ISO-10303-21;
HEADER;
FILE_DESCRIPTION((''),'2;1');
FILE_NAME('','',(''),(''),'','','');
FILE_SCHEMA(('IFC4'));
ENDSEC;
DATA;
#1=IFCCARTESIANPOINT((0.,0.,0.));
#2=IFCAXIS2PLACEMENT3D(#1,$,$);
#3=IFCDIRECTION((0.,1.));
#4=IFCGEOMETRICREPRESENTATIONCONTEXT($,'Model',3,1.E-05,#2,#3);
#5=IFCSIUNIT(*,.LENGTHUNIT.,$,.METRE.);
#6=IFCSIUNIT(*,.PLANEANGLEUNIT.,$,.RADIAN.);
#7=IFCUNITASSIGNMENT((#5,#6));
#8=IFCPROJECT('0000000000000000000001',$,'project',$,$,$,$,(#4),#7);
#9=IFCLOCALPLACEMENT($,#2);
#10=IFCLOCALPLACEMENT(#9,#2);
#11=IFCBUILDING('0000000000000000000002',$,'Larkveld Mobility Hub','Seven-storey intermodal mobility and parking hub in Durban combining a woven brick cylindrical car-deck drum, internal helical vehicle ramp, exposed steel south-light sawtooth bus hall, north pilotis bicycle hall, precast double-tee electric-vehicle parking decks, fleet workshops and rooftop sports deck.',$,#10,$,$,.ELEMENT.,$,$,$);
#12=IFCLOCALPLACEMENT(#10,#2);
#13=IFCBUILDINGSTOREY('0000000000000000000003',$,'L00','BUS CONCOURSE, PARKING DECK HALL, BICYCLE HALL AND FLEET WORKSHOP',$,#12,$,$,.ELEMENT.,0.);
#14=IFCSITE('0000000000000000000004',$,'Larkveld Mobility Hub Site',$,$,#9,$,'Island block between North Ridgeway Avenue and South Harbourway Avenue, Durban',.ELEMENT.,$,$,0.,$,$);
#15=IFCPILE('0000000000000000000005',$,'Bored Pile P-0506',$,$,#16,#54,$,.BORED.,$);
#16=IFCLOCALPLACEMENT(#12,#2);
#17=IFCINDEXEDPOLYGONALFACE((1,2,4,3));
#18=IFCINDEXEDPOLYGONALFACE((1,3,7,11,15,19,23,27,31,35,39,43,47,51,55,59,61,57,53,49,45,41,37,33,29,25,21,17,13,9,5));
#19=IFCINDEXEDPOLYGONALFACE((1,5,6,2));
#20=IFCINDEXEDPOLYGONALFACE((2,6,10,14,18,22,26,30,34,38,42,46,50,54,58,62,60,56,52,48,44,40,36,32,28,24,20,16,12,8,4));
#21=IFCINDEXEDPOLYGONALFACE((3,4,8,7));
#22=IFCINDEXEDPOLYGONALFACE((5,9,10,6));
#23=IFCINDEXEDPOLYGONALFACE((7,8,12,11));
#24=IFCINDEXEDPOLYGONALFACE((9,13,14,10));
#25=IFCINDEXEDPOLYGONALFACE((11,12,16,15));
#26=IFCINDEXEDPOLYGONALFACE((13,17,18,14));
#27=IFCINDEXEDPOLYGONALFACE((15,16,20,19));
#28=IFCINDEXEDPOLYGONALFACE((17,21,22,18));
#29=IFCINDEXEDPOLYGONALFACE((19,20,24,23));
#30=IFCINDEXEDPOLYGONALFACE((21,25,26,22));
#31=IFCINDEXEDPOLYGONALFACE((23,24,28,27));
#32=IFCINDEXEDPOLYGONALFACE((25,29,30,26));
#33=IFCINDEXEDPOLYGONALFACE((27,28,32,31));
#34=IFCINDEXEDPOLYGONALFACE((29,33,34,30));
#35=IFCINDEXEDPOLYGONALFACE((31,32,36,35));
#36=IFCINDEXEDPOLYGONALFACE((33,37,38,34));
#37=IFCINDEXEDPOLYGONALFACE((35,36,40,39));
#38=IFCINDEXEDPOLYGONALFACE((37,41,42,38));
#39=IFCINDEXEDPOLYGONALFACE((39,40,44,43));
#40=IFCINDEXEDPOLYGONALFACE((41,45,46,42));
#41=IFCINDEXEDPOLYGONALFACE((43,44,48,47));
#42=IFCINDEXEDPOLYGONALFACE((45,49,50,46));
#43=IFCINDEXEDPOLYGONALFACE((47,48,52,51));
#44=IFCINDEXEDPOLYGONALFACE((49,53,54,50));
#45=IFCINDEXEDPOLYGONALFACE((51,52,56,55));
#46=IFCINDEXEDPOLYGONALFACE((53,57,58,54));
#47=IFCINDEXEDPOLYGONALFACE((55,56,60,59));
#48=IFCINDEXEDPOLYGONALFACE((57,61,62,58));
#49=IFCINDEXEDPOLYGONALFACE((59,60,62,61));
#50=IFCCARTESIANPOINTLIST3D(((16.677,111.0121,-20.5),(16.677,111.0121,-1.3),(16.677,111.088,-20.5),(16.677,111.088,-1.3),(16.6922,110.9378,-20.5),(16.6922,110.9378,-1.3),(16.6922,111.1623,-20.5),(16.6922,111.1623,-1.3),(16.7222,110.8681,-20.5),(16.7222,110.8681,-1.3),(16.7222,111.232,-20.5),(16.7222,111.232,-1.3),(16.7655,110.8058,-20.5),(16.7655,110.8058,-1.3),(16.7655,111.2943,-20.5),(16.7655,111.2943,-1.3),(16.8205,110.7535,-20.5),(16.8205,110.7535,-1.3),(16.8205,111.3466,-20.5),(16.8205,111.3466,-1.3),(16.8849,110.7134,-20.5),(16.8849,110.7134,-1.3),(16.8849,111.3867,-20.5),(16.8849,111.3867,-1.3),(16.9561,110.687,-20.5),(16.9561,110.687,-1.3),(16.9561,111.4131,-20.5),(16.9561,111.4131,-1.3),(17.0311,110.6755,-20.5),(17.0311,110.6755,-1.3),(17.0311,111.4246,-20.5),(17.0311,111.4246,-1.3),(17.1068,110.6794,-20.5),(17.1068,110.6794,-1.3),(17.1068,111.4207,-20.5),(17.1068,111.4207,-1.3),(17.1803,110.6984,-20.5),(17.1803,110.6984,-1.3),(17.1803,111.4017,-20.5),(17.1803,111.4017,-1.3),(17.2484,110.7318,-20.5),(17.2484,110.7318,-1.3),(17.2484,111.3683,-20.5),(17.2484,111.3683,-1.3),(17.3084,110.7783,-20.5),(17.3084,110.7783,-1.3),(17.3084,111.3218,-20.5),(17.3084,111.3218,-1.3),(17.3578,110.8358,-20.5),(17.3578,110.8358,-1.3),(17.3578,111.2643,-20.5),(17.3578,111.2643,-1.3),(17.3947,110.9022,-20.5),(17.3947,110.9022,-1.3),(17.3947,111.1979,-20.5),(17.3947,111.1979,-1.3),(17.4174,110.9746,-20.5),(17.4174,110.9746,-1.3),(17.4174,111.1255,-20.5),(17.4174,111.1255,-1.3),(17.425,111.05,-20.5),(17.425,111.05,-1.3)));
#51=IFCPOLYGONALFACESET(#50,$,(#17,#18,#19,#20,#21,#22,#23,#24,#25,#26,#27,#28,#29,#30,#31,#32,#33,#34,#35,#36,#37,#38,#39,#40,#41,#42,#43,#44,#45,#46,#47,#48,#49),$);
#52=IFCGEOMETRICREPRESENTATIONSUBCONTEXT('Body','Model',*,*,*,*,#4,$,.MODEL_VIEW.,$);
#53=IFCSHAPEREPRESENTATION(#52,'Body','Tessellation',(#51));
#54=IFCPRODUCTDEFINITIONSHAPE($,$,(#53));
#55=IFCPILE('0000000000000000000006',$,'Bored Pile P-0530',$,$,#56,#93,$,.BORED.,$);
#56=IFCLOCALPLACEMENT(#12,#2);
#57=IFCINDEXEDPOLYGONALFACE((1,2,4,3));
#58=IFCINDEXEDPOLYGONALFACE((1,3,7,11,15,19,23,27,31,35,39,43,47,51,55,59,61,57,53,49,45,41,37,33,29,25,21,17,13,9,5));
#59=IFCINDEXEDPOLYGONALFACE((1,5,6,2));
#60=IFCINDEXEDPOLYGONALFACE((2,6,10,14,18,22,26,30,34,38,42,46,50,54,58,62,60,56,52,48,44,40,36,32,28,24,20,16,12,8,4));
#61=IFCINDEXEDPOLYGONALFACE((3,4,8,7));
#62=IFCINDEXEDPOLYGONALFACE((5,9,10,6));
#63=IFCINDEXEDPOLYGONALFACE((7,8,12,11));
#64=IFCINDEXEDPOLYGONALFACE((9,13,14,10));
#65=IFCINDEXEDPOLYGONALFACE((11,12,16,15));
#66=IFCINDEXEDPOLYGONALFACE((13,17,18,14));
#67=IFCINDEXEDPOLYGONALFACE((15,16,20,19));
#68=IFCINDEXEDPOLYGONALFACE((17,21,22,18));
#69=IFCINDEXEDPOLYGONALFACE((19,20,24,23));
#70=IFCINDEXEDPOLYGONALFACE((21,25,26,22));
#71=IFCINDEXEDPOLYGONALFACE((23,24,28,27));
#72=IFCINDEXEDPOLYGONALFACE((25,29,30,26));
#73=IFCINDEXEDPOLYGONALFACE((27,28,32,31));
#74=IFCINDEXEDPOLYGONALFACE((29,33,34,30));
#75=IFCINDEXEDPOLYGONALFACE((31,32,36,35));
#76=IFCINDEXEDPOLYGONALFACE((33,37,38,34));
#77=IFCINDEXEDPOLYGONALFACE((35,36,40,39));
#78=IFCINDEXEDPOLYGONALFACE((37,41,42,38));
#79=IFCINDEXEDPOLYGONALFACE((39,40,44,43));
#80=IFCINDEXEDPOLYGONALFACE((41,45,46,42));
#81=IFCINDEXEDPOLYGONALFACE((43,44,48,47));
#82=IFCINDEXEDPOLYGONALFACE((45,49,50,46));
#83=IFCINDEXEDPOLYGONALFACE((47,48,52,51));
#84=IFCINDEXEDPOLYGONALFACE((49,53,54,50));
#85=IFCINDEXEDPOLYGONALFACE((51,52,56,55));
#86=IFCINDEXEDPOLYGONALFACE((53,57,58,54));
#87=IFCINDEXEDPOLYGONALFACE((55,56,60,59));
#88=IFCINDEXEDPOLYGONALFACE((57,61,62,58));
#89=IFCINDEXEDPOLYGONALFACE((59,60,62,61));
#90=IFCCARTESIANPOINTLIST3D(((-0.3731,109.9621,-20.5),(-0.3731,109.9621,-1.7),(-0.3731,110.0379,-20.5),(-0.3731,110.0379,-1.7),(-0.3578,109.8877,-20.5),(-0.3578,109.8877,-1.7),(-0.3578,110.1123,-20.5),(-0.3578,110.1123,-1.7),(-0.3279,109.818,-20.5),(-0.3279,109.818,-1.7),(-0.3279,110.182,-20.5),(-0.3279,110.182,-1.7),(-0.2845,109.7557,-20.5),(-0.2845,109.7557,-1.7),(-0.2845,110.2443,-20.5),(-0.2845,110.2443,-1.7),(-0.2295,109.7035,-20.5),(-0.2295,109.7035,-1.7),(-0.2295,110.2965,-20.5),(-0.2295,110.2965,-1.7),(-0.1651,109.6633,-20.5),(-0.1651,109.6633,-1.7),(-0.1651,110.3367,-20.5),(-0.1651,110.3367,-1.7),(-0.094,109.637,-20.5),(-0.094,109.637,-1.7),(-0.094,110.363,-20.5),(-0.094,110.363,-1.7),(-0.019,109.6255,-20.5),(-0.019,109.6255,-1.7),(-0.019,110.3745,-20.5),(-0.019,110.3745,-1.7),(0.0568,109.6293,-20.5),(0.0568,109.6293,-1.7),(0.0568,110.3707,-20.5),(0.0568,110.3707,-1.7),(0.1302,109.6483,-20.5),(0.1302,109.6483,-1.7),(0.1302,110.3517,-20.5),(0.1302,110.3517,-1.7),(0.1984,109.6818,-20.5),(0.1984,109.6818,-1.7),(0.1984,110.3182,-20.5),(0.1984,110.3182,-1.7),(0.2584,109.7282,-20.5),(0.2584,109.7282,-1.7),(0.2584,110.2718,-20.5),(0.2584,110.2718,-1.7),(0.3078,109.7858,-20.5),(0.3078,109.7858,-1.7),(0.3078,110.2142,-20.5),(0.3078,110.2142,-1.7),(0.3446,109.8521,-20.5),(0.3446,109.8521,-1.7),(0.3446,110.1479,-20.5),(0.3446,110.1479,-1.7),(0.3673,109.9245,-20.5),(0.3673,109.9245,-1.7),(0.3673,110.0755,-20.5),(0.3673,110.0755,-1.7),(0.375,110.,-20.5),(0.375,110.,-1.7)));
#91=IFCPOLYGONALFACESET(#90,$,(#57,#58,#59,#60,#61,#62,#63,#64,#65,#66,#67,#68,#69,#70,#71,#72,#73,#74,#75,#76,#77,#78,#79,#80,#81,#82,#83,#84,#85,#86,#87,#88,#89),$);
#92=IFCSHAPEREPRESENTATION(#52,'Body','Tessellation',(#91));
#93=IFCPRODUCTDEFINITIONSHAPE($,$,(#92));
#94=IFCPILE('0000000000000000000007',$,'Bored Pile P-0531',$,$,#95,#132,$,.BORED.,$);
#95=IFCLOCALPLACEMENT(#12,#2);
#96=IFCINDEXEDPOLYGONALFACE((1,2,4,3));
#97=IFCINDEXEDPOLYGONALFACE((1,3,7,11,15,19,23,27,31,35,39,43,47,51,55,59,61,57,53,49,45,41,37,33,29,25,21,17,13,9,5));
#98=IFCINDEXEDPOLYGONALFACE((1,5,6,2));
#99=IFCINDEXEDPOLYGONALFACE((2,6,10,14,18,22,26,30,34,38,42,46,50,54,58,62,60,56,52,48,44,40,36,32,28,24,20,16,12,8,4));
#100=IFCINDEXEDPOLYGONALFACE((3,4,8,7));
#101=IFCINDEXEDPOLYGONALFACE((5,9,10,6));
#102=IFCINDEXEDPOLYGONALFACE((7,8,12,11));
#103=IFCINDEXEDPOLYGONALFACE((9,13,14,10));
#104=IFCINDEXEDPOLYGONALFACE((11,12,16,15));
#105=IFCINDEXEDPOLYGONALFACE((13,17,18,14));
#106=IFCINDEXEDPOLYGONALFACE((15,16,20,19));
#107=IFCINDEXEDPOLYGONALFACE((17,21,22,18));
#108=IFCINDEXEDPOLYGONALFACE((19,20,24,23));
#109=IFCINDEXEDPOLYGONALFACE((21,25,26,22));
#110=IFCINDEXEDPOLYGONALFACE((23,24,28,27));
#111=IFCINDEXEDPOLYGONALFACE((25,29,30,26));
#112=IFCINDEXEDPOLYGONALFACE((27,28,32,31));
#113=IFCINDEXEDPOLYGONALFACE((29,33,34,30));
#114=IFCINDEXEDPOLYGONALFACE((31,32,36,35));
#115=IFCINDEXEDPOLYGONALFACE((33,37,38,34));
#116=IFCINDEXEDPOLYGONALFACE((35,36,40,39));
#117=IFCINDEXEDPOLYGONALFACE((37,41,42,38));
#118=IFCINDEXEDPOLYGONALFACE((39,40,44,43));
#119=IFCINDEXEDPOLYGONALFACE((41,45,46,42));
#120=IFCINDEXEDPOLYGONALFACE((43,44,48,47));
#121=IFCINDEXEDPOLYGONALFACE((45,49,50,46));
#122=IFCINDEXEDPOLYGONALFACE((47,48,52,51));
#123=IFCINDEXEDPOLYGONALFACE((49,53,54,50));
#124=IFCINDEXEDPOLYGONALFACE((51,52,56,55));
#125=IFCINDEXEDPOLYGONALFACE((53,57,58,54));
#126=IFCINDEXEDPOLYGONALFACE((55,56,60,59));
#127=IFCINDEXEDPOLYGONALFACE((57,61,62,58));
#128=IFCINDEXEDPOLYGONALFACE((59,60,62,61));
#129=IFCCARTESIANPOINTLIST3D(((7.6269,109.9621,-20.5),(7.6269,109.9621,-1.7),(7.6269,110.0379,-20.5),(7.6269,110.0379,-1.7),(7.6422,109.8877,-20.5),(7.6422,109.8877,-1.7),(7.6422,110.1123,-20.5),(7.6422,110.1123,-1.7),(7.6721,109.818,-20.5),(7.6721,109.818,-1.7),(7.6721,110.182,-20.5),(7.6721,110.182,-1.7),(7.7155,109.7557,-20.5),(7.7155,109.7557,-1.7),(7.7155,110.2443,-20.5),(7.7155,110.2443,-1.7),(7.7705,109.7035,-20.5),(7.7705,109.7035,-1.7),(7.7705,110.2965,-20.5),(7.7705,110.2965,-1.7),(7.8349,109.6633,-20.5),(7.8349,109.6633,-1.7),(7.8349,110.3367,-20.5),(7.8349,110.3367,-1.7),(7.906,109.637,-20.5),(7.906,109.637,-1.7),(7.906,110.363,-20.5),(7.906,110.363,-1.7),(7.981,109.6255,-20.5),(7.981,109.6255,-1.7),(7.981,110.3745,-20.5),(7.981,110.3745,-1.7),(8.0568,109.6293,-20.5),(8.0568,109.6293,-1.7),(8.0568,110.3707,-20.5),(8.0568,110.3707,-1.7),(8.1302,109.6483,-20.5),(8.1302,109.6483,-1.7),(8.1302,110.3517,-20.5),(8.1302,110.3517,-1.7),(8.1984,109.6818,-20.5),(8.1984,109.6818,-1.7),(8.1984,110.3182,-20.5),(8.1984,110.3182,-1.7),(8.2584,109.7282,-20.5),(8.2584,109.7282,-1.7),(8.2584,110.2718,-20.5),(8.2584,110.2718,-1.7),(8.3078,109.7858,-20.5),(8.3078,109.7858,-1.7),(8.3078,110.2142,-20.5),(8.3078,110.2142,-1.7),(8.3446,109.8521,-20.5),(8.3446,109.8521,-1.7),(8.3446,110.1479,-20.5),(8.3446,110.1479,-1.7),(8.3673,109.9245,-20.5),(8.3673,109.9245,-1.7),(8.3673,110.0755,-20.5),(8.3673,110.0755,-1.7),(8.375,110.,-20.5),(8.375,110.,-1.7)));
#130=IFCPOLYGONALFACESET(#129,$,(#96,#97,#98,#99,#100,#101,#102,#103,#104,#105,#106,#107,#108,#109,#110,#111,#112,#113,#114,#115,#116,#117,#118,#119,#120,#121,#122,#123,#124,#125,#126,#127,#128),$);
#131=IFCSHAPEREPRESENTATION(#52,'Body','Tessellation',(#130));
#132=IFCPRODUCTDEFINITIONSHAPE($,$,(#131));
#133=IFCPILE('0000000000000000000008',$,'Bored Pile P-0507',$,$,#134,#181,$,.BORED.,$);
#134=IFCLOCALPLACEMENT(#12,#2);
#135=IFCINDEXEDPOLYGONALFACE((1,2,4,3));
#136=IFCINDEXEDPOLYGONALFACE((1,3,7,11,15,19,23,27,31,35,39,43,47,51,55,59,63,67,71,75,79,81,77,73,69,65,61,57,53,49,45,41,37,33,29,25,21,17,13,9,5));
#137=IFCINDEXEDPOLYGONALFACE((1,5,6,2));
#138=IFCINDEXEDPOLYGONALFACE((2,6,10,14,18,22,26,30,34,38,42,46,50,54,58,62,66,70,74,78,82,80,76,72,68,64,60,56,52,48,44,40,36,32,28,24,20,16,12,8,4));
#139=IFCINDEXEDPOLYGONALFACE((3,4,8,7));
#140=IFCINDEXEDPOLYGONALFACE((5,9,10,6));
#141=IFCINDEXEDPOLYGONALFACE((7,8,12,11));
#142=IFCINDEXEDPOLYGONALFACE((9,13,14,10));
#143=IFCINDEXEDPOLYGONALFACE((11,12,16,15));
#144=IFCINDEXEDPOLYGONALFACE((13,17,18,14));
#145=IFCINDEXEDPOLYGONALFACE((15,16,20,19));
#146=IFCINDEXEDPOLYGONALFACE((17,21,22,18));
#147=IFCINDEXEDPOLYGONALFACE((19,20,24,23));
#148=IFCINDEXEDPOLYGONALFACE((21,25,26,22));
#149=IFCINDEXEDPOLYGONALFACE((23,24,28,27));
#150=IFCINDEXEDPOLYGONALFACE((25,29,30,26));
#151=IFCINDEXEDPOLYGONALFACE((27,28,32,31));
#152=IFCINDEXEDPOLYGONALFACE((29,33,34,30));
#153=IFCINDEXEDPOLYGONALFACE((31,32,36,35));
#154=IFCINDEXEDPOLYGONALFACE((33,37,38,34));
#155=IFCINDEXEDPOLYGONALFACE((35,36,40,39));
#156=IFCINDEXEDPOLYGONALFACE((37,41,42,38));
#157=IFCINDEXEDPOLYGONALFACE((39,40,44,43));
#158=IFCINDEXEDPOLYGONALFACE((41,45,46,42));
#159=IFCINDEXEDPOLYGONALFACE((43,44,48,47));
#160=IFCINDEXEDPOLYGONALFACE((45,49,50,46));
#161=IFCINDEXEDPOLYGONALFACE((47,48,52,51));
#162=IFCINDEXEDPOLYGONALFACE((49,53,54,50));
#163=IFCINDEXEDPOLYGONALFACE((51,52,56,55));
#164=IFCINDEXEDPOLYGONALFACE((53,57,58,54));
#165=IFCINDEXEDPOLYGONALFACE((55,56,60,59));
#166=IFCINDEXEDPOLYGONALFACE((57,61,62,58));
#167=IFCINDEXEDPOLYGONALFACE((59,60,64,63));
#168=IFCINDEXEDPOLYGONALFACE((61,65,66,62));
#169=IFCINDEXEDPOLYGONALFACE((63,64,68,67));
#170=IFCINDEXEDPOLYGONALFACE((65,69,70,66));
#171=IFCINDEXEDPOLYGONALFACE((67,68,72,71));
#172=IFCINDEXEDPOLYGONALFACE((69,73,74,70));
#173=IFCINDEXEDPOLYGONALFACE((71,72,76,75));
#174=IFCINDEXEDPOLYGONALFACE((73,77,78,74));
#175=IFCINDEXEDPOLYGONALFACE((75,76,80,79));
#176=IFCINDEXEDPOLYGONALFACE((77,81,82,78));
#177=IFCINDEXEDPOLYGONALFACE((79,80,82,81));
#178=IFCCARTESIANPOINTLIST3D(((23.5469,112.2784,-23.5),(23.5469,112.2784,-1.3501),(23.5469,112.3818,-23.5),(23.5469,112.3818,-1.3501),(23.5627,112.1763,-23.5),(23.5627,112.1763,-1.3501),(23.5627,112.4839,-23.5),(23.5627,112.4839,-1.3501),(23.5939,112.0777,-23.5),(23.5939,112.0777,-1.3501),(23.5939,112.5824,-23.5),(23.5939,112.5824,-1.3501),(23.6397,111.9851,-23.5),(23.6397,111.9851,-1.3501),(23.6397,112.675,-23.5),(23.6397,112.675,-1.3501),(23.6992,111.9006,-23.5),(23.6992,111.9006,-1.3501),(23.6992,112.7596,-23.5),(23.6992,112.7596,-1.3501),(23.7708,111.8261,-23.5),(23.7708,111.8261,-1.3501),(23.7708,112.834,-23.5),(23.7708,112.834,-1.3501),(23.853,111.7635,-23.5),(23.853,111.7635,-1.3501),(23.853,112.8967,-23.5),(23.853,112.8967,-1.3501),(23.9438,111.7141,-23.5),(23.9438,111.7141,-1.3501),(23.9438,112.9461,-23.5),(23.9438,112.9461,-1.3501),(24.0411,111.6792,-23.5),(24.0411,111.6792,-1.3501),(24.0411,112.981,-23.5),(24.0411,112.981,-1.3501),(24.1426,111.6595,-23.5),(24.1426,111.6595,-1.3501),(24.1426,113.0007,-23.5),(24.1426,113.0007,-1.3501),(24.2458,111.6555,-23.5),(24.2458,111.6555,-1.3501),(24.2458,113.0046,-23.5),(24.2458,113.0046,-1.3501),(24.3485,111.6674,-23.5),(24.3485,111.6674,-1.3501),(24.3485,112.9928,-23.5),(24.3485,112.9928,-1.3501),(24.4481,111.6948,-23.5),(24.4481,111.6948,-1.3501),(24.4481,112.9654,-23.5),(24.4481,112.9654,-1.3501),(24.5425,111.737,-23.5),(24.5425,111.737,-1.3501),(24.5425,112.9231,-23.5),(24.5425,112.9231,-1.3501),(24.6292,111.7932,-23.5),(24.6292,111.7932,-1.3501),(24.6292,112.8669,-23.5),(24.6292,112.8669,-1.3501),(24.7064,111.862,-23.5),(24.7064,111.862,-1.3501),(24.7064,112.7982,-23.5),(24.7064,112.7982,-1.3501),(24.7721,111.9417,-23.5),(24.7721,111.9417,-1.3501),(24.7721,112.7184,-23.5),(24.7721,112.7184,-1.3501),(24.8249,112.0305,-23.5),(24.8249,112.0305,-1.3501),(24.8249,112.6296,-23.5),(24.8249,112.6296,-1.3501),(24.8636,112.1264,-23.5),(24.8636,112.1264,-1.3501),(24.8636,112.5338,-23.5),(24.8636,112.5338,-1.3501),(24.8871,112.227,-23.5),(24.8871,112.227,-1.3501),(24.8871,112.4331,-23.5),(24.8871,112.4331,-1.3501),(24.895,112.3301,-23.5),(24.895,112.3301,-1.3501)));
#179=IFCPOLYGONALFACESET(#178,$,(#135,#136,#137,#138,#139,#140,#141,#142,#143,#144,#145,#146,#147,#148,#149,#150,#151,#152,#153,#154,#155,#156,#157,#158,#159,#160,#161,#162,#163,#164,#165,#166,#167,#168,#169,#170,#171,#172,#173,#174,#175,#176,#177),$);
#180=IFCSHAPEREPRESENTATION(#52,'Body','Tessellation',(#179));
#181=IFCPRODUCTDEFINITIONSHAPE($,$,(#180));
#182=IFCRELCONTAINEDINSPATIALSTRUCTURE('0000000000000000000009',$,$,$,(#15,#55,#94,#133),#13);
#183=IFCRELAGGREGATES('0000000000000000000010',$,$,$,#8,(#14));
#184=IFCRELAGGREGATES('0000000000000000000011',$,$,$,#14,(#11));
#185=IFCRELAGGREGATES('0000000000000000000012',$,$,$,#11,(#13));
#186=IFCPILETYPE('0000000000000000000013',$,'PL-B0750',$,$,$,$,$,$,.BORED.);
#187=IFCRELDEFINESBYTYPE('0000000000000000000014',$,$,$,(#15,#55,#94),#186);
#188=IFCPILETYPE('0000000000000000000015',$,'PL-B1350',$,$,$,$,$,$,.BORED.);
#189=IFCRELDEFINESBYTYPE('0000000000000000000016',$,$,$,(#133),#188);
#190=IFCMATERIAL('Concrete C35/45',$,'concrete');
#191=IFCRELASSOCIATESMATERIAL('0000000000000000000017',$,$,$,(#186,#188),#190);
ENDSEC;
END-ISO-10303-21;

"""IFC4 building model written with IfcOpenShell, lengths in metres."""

from ifc_helpers import new_model, si_unit, direction, frame, origin, origin_2d, place, context, subcontext, project, spatial, circle, extrude, material, material_profile, profile_set, type_object, element, save


model = new_model("IFC4")

# Units and contexts
model_context = context("Model", 3, precision=1e-05, world=origin(), true_north=direction((0.0, 1.0)))
body_context = subcontext(model_context, "Body", "Model", "MODEL_VIEW")
ifc_project = project(units=[si_unit("LENGTHUNIT", "METRE"), si_unit("PLANEANGLEUNIT", "RADIAN")], contexts=[model_context])

# Site, building, storey
site_placement = place(None, origin())
site = spatial("IfcSite", under=ifc_project, at=site_placement, Name="Larkveld Mobility Hub Site", LongName="Island block between North Ridgeway Avenue and South Harbourway Avenue, Durban", CompositionType="ELEMENT", RefElevation=0.0)
building_placement = place(site_placement, origin())
building = spatial("IfcBuilding", under=site, at=building_placement, Name="Larkveld Mobility Hub", Description="Seven-storey intermodal mobility and parking hub in Durban combining a woven brick cylindrical car-deck drum, internal helical vehicle ramp, exposed steel south-light sawtooth bus hall, north pilotis bicycle hall, precast double-tee electric-vehicle parking decks, fleet workshops and rooftop sports deck.", CompositionType="ELEMENT")
storey_placement = place(building_placement, origin())
storey = spatial("IfcBuildingStorey", under=building, at=storey_placement, Name="L00", Description="BUS CONCOURSE, PARKING DECK HALL, BICYCLE HALL AND FLEET WORKSHOP", CompositionType="ELEMENT", Elevation=0.0)

# Shared definitions
ifc_material_1 = material(Name="Concrete C35/45", Category="concrete")

# Piles
ifc_material_profile_1 = material_profile(ifc_material_1, circle(Radius=0.375, at=origin_2d()), Name="PILE D750")
ifc_profile_set_1 = profile_set([ifc_material_profile_1], Name="Concrete C35/45")
pile_type_1 = type_object("IfcPileType", Name="PL-B0750", PredefinedType="BORED", material=ifc_profile_set_1)
for number, where, z_axis, x_axis, name in (
    (1, (17.05, 111.05, -1.3), (0.0, 0.0, -1.0), (1.0, 0.0, 0.0), "Bored Pile P-0506"),
):
    element("IfcPile", number, at=place(storey_placement, frame(where, z_axis=z_axis, x_axis=x_axis)), inside=storey, type_object=pile_type_1, Name=name, PredefinedType="BORED", context=body_context, shape_type="SweptSolid", body=[
        extrude(circle(Radius=0.375, at=origin_2d()), origin(), (0.0, 0.0, 1.0), 19.2),
    ])
for number, where, z_axis, x_axis, name in (
    (2, (0.0, 110.0, -1.7), (0.0, 0.0, -1.0), (1.0, 0.0, 0.0), "Bored Pile P-0530"),
    (3, (8.0, 110.0, -1.7), (0.0, 0.0, -1.0), (1.0, 0.0, 0.0), "Bored Pile P-0531"),
):
    element("IfcPile", number, at=place(storey_placement, frame(where, z_axis=z_axis, x_axis=x_axis)), inside=storey, type_object=pile_type_1, Name=name, PredefinedType="BORED", context=body_context, shape_type="SweptSolid", body=[
        extrude(circle(Radius=0.375, at=origin_2d()), origin(), (0.0, 0.0, 1.0), 18.8),
    ])
ifc_material_profile_2 = material_profile(ifc_material_1, circle(Radius=0.675, at=origin_2d()), Name="PILE D1350")
ifc_profile_set_2 = profile_set([ifc_material_profile_2], Name="Concrete C35/45")
pile_type_2 = type_object("IfcPileType", Name="PL-B1350", PredefinedType="BORED", material=ifc_profile_set_2)
for number, where, z_axis, x_axis, name in (
    (4, (24.22, 112.3301, -1.3501), (0.0, 0.0, -1.0), (1.0, 0.0, 0.0), "Bored Pile P-0507"),
):
    element("IfcPile", number, at=place(storey_placement, frame(where, z_axis=z_axis, x_axis=x_axis)), inside=storey, type_object=pile_type_2, Name=name, PredefinedType="BORED", context=body_context, shape_type="SweptSolid", body=[
        extrude(circle(Radius=0.675, at=origin_2d()), origin(), (0.0, 0.0, 1.0), 22.1499),
    ])

save(model, "model.ifc")
